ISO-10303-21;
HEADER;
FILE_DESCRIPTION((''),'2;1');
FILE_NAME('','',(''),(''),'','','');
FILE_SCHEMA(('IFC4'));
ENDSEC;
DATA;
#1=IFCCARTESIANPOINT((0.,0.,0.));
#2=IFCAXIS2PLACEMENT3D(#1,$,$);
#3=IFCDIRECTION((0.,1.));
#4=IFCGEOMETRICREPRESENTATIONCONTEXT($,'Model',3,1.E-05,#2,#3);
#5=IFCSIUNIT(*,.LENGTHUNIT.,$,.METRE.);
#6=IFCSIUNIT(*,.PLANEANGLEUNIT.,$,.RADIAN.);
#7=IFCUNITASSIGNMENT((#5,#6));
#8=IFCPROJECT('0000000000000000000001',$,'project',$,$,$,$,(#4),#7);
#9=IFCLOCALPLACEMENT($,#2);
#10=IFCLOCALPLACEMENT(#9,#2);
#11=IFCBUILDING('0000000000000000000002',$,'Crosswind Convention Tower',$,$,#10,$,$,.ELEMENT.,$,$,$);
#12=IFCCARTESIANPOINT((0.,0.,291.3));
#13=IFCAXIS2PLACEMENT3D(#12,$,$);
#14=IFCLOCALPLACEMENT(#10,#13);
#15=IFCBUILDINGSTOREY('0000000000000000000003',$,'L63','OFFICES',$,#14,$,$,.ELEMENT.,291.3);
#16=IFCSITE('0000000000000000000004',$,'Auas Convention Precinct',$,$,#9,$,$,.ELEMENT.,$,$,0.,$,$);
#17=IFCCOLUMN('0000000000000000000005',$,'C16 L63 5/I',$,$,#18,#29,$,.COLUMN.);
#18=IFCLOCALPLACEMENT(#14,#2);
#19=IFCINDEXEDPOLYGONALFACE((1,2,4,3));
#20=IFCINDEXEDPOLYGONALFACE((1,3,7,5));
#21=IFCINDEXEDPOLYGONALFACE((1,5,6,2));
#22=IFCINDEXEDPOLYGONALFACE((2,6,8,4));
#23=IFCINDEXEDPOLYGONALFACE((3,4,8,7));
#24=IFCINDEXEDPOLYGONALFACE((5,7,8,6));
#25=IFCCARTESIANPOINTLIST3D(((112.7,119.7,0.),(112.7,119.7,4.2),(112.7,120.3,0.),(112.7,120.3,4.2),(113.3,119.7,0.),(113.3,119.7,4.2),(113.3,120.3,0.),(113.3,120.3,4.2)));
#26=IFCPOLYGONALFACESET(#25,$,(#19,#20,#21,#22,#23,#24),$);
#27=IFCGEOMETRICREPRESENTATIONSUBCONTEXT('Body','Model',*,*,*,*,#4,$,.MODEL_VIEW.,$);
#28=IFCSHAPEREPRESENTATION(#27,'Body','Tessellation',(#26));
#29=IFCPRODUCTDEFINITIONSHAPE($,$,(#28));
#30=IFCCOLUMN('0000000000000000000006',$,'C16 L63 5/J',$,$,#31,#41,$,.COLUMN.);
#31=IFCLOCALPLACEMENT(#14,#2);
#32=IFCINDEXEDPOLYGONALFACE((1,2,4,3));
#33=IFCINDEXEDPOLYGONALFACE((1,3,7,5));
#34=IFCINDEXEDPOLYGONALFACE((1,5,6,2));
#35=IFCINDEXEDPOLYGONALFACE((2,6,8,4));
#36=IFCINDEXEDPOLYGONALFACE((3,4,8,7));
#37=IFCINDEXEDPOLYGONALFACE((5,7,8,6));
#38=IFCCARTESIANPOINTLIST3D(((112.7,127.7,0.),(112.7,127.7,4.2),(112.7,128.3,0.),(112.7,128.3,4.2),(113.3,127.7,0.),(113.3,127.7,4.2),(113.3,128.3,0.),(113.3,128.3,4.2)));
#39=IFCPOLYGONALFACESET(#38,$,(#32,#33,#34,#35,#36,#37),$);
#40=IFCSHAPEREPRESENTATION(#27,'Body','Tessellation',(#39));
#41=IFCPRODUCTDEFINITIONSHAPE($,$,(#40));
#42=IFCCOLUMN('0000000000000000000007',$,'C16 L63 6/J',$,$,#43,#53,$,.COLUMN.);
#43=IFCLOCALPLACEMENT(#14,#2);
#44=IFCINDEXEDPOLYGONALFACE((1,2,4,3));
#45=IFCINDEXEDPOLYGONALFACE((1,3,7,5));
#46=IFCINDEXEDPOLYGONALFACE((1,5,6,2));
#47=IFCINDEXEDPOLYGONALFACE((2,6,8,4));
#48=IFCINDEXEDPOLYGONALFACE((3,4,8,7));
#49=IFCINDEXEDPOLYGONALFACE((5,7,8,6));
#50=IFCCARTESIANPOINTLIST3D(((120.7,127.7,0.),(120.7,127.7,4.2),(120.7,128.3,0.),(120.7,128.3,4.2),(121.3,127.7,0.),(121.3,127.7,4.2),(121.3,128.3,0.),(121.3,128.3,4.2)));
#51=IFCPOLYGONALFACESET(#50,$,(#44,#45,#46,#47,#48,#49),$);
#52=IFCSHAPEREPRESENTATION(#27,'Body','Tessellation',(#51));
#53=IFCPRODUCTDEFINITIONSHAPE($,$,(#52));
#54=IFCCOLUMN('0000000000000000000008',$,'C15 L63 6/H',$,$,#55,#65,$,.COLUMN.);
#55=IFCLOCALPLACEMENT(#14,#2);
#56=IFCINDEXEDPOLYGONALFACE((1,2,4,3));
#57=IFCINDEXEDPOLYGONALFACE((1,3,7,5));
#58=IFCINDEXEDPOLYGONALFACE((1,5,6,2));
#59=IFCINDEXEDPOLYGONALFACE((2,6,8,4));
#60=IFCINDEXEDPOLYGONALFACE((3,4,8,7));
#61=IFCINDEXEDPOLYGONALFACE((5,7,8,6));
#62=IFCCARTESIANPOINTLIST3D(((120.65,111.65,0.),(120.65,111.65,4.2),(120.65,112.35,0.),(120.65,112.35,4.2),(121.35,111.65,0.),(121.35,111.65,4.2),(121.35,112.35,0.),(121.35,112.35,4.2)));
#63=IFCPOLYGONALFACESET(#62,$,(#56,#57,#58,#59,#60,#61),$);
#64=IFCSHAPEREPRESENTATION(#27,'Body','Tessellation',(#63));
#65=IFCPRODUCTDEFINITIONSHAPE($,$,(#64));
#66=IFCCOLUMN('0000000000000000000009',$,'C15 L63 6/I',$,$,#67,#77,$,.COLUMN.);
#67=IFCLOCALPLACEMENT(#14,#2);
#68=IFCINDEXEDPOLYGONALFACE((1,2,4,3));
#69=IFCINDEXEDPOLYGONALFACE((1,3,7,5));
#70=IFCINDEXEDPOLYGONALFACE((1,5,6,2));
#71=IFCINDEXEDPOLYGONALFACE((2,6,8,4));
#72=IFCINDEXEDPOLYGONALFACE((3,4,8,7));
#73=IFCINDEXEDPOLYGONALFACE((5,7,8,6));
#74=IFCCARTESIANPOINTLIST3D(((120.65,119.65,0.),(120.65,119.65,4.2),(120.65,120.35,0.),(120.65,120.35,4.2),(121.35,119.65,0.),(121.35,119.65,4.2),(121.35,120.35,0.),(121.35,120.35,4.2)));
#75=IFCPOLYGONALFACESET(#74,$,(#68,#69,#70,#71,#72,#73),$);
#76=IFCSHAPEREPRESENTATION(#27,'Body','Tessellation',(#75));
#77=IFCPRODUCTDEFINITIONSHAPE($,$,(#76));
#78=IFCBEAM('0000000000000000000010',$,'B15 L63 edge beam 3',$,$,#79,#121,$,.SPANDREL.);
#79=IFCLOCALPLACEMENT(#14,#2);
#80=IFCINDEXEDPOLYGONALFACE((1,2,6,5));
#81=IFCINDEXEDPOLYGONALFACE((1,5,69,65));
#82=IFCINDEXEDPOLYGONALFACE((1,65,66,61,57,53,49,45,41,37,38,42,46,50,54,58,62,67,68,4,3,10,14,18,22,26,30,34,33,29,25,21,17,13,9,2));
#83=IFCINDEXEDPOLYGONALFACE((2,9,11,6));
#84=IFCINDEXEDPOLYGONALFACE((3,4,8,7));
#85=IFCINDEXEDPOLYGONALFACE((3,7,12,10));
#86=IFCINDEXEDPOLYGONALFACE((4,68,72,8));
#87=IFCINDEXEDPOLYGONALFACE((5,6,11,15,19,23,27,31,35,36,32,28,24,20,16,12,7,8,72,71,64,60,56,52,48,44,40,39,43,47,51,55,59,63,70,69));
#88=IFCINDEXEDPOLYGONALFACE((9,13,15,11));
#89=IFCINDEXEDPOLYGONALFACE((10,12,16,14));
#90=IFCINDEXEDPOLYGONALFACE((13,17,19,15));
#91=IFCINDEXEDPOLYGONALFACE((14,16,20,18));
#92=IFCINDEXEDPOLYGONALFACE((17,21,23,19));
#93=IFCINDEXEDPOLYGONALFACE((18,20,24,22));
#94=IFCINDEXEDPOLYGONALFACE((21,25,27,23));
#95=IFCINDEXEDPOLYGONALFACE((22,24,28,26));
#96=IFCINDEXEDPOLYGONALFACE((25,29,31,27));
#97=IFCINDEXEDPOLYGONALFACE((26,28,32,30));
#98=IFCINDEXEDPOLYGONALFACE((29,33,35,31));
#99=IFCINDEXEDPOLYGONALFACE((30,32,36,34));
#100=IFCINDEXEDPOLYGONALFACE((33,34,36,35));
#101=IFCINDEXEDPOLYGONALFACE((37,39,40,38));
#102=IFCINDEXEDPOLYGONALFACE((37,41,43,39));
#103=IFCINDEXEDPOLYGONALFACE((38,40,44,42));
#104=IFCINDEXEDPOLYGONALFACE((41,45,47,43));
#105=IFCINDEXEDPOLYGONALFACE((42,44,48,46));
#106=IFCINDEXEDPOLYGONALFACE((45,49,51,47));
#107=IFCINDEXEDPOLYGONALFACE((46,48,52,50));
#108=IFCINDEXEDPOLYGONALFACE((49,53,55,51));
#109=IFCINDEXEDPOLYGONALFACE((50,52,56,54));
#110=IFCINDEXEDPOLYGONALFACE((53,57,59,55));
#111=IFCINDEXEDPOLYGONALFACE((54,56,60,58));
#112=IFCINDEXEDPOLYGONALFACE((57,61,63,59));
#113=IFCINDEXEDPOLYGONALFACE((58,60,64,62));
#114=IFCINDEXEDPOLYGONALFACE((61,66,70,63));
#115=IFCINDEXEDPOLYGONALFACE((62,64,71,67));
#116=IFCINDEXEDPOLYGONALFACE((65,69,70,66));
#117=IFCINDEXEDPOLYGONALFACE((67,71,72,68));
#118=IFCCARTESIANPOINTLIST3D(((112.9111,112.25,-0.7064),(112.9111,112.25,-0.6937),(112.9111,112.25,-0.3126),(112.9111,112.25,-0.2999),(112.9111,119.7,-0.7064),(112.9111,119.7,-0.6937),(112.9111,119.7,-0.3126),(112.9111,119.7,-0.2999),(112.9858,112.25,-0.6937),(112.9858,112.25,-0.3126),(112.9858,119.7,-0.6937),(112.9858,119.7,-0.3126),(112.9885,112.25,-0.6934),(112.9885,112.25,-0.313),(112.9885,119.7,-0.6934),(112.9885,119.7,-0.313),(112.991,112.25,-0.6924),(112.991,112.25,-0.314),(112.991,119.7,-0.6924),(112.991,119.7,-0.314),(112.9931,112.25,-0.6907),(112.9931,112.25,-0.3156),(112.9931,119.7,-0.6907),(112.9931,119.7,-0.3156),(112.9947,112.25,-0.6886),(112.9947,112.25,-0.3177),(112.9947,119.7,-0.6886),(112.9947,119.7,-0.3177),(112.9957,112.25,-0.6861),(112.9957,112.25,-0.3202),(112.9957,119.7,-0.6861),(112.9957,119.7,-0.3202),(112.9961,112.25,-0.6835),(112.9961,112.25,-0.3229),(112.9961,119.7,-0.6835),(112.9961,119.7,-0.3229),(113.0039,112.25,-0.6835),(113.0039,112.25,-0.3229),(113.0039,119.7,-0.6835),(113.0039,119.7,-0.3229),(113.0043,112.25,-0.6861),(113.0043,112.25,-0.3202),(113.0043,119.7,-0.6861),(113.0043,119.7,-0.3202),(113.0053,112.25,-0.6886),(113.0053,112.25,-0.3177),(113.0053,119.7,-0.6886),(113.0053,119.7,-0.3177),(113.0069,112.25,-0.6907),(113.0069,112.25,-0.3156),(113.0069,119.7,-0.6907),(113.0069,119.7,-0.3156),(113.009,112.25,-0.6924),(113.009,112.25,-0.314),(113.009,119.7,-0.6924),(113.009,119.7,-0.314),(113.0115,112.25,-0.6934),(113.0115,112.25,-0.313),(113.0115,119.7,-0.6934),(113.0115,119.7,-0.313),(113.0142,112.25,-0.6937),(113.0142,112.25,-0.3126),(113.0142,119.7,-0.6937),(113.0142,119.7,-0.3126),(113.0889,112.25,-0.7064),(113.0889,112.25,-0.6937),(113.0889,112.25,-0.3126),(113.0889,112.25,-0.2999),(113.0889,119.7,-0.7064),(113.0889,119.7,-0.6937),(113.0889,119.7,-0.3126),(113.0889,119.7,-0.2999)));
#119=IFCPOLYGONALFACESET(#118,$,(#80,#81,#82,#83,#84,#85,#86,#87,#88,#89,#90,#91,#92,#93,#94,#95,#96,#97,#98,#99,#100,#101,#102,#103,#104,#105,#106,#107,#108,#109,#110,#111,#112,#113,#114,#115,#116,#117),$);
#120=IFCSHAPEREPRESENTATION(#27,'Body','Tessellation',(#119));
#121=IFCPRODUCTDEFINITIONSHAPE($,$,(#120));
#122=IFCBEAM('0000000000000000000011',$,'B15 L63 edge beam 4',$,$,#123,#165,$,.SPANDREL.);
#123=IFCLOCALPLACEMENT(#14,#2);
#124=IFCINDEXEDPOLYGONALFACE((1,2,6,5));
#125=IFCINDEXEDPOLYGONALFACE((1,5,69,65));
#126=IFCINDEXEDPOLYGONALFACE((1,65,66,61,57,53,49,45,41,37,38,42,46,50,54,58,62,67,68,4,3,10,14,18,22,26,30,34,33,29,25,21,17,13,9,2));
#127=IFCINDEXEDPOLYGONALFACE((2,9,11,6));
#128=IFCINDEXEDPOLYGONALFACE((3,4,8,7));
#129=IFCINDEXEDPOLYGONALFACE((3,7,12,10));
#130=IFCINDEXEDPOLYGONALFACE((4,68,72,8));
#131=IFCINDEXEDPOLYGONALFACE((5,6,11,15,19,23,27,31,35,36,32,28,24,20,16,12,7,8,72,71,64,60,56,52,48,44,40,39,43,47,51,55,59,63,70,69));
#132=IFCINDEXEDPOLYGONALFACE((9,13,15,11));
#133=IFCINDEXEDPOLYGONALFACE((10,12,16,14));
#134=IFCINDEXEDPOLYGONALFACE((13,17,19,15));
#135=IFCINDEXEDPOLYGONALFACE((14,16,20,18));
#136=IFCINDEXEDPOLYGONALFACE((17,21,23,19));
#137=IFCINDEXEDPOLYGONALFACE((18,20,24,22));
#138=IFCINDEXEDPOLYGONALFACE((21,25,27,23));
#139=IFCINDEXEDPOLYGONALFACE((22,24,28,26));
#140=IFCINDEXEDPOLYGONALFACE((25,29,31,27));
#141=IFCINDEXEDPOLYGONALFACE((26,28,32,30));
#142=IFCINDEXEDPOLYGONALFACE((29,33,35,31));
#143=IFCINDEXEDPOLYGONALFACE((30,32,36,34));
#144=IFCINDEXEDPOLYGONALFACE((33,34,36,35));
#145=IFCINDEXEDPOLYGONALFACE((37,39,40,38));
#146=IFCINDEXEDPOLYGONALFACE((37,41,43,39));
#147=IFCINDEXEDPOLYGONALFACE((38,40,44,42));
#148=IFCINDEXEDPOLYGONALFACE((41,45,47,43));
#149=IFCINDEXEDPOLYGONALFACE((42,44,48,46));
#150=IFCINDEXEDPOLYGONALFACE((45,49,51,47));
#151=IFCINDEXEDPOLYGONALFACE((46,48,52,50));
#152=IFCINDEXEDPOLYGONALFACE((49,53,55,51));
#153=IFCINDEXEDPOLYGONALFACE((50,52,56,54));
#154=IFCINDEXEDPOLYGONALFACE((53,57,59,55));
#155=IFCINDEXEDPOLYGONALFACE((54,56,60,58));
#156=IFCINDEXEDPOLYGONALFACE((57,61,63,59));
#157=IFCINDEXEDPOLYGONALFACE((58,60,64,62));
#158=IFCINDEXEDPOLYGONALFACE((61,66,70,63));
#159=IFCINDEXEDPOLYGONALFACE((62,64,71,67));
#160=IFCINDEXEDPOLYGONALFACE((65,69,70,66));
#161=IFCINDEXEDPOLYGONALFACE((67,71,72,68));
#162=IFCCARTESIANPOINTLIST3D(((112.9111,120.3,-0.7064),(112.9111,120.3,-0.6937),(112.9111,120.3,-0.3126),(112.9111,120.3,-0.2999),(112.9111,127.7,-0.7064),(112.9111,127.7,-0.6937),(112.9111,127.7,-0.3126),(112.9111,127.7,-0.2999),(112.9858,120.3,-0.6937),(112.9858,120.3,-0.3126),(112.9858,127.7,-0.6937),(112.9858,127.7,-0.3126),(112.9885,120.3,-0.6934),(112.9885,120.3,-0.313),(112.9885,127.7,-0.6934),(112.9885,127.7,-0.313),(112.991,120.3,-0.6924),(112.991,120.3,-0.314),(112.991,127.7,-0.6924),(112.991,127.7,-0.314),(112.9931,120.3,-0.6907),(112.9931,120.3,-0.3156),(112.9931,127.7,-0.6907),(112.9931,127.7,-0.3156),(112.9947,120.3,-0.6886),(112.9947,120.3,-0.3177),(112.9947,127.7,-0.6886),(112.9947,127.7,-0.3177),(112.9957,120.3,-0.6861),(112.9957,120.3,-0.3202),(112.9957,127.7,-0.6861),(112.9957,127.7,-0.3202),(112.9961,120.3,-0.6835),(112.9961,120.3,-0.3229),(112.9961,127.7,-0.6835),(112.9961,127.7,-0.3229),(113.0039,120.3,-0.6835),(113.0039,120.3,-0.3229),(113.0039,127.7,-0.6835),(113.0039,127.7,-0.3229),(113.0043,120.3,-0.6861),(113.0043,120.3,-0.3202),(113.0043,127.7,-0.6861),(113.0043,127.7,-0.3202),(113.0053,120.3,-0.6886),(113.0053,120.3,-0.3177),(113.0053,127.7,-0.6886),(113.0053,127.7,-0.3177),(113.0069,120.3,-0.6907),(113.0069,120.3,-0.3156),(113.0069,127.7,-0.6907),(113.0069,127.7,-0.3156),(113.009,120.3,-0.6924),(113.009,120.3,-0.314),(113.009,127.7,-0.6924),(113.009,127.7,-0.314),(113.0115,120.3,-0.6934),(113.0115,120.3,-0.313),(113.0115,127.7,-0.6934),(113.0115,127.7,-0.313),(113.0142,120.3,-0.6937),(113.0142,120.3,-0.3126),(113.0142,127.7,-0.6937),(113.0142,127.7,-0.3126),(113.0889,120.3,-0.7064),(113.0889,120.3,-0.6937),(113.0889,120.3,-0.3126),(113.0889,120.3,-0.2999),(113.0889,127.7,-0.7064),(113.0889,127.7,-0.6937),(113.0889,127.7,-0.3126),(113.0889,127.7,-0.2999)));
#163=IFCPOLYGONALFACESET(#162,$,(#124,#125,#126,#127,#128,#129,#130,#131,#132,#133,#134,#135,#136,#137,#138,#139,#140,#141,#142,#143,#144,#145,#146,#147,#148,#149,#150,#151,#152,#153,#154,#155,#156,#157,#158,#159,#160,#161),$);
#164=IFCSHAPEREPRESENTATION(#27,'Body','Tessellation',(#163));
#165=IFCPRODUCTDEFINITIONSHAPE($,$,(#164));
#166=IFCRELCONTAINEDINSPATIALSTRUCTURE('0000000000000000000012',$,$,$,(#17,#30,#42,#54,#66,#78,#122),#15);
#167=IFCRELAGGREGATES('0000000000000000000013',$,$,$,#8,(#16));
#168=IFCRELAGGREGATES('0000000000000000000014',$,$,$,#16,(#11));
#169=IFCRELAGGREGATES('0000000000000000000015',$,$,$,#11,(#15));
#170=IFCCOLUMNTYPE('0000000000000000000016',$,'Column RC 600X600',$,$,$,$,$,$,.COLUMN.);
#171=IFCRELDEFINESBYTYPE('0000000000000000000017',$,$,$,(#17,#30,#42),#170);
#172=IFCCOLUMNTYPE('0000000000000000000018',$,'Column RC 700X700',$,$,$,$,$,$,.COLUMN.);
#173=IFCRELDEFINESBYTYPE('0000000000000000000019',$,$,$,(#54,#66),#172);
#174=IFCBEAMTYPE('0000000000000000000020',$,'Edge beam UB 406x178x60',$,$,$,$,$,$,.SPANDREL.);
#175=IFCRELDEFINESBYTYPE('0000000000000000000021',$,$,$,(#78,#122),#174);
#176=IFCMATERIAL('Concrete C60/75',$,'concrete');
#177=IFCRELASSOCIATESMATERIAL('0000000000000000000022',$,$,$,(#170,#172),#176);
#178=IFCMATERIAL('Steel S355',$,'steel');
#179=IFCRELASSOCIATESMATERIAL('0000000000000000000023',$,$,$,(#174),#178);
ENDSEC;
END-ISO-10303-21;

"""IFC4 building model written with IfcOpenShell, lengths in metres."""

from ifc_helpers import new_model, si_unit, direction, frame, origin, origin_2d, place, context, subcontext, project, spatial, rectangle, i_section, extrude, material, material_profile, profile_set, type_object, element, save


model = new_model("IFC4")

# Units and contexts
model_context = context("Model", 3, precision=1e-05, world=origin(), true_north=direction((0.0, 1.0)))
body_context = subcontext(model_context, "Body", "Model", "MODEL_VIEW")
ifc_project = project(units=[si_unit("LENGTHUNIT", "METRE"), si_unit("PLANEANGLEUNIT", "RADIAN")], contexts=[model_context])

# Site, building, storey
site_placement = place(None, origin())
site = spatial("IfcSite", under=ifc_project, at=site_placement, Name="Auas Convention Precinct", CompositionType="ELEMENT", RefElevation=0.0)
building_placement = place(site_placement, origin())
building = spatial("IfcBuilding", under=site, at=building_placement, Name="Crosswind Convention Tower", CompositionType="ELEMENT")
storey_placement = place(building_placement, frame((0.0, 0.0, 291.3)))
storey = spatial("IfcBuildingStorey", under=building, at=storey_placement, Name="L63", Description="OFFICES", CompositionType="ELEMENT", Elevation=291.3)

# Columns
ifc_material_1 = material(Name="Concrete C60/75", Category="concrete")
ifc_material_profile_1 = material_profile(ifc_material_1, rectangle(XDim=0.6001, YDim=0.6001, at=origin_2d()), Name="RC 600X600")
ifc_profile_set_1 = profile_set([ifc_material_profile_1], Name="Concrete C60/75")
column_type_1 = type_object("IfcColumnType", Name="Column RC 600X600", PredefinedType="COLUMN", material=ifc_profile_set_1)
for number, where, z_axis, x_axis, name in (
    (1, (113.0, 120.0, 0.0), (0.0, 0.0, 1.0), (1.0, 0.0, 0.0), "C16 L63 5/I"),
    (2, (113.0, 128.0, 0.0), (0.0, 0.0, 1.0), (1.0, 0.0, 0.0), "C16 L63 5/J"),
    (3, (121.0, 128.0, 0.0), (0.0, 0.0, 1.0), (1.0, 0.0, 0.0), "C16 L63 6/J"),
):
    element("IfcColumn", number, at=place(storey_placement, frame(where, z_axis=z_axis, x_axis=x_axis)), inside=storey, type_object=column_type_1, Name=name, PredefinedType="COLUMN", context=body_context, shape_type="SweptSolid", body=[
        extrude(rectangle(XDim=0.6001, YDim=0.6001, at=origin_2d()), origin(), (0.0, 0.0, 1.0), 4.2),
    ])
ifc_material_profile_2 = material_profile(ifc_material_1, rectangle(XDim=0.7, YDim=0.7, at=origin_2d()), Name="RC 700X700")
ifc_profile_set_2 = profile_set([ifc_material_profile_2], Name="Concrete C60/75")
column_type_2 = type_object("IfcColumnType", Name="Column RC 700X700", PredefinedType="COLUMN", material=ifc_profile_set_2)
for number, where, z_axis, x_axis, name in (
    (4, (121.0, 112.0, 0.0), (0.0, 0.0, 1.0), (1.0, 0.0, 0.0), "C15 L63 6/H"),
    (5, (121.0, 120.0, 0.0), (0.0, 0.0, 1.0), (1.0, 0.0, 0.0), "C15 L63 6/I"),
):
    element("IfcColumn", number, at=place(storey_placement, frame(where, z_axis=z_axis, x_axis=x_axis)), inside=storey, type_object=column_type_2, Name=name, PredefinedType="COLUMN", context=body_context, shape_type="SweptSolid", body=[
        extrude(rectangle(XDim=0.7, YDim=0.7, at=origin_2d()), origin(), (0.0, 0.0, 1.0), 4.2),
    ])

# Beams
ifc_material_2 = material(Name="Steel S355", Category="steel")
ifc_material_profile_3 = material_profile(ifc_material_2, i_section(OverallWidth=0.1777, OverallDepth=0.4065, WebThickness=0.0078, FlangeThickness=0.0127, FilletRadius=0.0103, at=origin_2d()), Name="UB 406x178x60")
ifc_profile_set_3 = profile_set([ifc_material_profile_3], Name="Steel S355")
beam_type_1 = type_object("IfcBeamType", Name="Edge beam UB 406x178x60", PredefinedType="SPANDREL", material=ifc_profile_set_3)
beam_1_placement = place(storey_placement, frame((113.0, 112.25, -0.5032), z_axis=(0.0, 1.0, 0.0), x_axis=(-1.0, 0.0, 0.0)))
element("IfcBeam", 6, at=beam_1_placement, inside=storey, type_object=beam_type_1, Name="B15 L63 edge beam 3", PredefinedType="SPANDREL", context=body_context, shape_type="SweptSolid", body=[
    extrude(i_section(OverallWidth=0.1777, OverallDepth=0.4065, WebThickness=0.0078, FlangeThickness=0.0127, FilletRadius=0.0103, at=origin_2d()), origin(), (0.0, 0.0, 1.0), 7.45),
])
for number, where, z_axis, x_axis, name in (
    (7, (113.0, 120.3, -0.5032), (0.0, 1.0, 0.0), (-1.0, 0.0, 0.0), "B15 L63 edge beam 4"),
):
    element("IfcBeam", number, at=place(storey_placement, frame(where, z_axis=z_axis, x_axis=x_axis)), inside=storey, type_object=beam_type_1, Name=name, PredefinedType="SPANDREL", context=body_context, shape_type="SweptSolid", body=[
        extrude(i_section(OverallWidth=0.1777, OverallDepth=0.4065, WebThickness=0.0078, FlangeThickness=0.0127, FilletRadius=0.0103, at=origin_2d()), origin(), (0.0, 0.0, 1.0), 7.3999),
    ])

save(model, "model.ifc")
